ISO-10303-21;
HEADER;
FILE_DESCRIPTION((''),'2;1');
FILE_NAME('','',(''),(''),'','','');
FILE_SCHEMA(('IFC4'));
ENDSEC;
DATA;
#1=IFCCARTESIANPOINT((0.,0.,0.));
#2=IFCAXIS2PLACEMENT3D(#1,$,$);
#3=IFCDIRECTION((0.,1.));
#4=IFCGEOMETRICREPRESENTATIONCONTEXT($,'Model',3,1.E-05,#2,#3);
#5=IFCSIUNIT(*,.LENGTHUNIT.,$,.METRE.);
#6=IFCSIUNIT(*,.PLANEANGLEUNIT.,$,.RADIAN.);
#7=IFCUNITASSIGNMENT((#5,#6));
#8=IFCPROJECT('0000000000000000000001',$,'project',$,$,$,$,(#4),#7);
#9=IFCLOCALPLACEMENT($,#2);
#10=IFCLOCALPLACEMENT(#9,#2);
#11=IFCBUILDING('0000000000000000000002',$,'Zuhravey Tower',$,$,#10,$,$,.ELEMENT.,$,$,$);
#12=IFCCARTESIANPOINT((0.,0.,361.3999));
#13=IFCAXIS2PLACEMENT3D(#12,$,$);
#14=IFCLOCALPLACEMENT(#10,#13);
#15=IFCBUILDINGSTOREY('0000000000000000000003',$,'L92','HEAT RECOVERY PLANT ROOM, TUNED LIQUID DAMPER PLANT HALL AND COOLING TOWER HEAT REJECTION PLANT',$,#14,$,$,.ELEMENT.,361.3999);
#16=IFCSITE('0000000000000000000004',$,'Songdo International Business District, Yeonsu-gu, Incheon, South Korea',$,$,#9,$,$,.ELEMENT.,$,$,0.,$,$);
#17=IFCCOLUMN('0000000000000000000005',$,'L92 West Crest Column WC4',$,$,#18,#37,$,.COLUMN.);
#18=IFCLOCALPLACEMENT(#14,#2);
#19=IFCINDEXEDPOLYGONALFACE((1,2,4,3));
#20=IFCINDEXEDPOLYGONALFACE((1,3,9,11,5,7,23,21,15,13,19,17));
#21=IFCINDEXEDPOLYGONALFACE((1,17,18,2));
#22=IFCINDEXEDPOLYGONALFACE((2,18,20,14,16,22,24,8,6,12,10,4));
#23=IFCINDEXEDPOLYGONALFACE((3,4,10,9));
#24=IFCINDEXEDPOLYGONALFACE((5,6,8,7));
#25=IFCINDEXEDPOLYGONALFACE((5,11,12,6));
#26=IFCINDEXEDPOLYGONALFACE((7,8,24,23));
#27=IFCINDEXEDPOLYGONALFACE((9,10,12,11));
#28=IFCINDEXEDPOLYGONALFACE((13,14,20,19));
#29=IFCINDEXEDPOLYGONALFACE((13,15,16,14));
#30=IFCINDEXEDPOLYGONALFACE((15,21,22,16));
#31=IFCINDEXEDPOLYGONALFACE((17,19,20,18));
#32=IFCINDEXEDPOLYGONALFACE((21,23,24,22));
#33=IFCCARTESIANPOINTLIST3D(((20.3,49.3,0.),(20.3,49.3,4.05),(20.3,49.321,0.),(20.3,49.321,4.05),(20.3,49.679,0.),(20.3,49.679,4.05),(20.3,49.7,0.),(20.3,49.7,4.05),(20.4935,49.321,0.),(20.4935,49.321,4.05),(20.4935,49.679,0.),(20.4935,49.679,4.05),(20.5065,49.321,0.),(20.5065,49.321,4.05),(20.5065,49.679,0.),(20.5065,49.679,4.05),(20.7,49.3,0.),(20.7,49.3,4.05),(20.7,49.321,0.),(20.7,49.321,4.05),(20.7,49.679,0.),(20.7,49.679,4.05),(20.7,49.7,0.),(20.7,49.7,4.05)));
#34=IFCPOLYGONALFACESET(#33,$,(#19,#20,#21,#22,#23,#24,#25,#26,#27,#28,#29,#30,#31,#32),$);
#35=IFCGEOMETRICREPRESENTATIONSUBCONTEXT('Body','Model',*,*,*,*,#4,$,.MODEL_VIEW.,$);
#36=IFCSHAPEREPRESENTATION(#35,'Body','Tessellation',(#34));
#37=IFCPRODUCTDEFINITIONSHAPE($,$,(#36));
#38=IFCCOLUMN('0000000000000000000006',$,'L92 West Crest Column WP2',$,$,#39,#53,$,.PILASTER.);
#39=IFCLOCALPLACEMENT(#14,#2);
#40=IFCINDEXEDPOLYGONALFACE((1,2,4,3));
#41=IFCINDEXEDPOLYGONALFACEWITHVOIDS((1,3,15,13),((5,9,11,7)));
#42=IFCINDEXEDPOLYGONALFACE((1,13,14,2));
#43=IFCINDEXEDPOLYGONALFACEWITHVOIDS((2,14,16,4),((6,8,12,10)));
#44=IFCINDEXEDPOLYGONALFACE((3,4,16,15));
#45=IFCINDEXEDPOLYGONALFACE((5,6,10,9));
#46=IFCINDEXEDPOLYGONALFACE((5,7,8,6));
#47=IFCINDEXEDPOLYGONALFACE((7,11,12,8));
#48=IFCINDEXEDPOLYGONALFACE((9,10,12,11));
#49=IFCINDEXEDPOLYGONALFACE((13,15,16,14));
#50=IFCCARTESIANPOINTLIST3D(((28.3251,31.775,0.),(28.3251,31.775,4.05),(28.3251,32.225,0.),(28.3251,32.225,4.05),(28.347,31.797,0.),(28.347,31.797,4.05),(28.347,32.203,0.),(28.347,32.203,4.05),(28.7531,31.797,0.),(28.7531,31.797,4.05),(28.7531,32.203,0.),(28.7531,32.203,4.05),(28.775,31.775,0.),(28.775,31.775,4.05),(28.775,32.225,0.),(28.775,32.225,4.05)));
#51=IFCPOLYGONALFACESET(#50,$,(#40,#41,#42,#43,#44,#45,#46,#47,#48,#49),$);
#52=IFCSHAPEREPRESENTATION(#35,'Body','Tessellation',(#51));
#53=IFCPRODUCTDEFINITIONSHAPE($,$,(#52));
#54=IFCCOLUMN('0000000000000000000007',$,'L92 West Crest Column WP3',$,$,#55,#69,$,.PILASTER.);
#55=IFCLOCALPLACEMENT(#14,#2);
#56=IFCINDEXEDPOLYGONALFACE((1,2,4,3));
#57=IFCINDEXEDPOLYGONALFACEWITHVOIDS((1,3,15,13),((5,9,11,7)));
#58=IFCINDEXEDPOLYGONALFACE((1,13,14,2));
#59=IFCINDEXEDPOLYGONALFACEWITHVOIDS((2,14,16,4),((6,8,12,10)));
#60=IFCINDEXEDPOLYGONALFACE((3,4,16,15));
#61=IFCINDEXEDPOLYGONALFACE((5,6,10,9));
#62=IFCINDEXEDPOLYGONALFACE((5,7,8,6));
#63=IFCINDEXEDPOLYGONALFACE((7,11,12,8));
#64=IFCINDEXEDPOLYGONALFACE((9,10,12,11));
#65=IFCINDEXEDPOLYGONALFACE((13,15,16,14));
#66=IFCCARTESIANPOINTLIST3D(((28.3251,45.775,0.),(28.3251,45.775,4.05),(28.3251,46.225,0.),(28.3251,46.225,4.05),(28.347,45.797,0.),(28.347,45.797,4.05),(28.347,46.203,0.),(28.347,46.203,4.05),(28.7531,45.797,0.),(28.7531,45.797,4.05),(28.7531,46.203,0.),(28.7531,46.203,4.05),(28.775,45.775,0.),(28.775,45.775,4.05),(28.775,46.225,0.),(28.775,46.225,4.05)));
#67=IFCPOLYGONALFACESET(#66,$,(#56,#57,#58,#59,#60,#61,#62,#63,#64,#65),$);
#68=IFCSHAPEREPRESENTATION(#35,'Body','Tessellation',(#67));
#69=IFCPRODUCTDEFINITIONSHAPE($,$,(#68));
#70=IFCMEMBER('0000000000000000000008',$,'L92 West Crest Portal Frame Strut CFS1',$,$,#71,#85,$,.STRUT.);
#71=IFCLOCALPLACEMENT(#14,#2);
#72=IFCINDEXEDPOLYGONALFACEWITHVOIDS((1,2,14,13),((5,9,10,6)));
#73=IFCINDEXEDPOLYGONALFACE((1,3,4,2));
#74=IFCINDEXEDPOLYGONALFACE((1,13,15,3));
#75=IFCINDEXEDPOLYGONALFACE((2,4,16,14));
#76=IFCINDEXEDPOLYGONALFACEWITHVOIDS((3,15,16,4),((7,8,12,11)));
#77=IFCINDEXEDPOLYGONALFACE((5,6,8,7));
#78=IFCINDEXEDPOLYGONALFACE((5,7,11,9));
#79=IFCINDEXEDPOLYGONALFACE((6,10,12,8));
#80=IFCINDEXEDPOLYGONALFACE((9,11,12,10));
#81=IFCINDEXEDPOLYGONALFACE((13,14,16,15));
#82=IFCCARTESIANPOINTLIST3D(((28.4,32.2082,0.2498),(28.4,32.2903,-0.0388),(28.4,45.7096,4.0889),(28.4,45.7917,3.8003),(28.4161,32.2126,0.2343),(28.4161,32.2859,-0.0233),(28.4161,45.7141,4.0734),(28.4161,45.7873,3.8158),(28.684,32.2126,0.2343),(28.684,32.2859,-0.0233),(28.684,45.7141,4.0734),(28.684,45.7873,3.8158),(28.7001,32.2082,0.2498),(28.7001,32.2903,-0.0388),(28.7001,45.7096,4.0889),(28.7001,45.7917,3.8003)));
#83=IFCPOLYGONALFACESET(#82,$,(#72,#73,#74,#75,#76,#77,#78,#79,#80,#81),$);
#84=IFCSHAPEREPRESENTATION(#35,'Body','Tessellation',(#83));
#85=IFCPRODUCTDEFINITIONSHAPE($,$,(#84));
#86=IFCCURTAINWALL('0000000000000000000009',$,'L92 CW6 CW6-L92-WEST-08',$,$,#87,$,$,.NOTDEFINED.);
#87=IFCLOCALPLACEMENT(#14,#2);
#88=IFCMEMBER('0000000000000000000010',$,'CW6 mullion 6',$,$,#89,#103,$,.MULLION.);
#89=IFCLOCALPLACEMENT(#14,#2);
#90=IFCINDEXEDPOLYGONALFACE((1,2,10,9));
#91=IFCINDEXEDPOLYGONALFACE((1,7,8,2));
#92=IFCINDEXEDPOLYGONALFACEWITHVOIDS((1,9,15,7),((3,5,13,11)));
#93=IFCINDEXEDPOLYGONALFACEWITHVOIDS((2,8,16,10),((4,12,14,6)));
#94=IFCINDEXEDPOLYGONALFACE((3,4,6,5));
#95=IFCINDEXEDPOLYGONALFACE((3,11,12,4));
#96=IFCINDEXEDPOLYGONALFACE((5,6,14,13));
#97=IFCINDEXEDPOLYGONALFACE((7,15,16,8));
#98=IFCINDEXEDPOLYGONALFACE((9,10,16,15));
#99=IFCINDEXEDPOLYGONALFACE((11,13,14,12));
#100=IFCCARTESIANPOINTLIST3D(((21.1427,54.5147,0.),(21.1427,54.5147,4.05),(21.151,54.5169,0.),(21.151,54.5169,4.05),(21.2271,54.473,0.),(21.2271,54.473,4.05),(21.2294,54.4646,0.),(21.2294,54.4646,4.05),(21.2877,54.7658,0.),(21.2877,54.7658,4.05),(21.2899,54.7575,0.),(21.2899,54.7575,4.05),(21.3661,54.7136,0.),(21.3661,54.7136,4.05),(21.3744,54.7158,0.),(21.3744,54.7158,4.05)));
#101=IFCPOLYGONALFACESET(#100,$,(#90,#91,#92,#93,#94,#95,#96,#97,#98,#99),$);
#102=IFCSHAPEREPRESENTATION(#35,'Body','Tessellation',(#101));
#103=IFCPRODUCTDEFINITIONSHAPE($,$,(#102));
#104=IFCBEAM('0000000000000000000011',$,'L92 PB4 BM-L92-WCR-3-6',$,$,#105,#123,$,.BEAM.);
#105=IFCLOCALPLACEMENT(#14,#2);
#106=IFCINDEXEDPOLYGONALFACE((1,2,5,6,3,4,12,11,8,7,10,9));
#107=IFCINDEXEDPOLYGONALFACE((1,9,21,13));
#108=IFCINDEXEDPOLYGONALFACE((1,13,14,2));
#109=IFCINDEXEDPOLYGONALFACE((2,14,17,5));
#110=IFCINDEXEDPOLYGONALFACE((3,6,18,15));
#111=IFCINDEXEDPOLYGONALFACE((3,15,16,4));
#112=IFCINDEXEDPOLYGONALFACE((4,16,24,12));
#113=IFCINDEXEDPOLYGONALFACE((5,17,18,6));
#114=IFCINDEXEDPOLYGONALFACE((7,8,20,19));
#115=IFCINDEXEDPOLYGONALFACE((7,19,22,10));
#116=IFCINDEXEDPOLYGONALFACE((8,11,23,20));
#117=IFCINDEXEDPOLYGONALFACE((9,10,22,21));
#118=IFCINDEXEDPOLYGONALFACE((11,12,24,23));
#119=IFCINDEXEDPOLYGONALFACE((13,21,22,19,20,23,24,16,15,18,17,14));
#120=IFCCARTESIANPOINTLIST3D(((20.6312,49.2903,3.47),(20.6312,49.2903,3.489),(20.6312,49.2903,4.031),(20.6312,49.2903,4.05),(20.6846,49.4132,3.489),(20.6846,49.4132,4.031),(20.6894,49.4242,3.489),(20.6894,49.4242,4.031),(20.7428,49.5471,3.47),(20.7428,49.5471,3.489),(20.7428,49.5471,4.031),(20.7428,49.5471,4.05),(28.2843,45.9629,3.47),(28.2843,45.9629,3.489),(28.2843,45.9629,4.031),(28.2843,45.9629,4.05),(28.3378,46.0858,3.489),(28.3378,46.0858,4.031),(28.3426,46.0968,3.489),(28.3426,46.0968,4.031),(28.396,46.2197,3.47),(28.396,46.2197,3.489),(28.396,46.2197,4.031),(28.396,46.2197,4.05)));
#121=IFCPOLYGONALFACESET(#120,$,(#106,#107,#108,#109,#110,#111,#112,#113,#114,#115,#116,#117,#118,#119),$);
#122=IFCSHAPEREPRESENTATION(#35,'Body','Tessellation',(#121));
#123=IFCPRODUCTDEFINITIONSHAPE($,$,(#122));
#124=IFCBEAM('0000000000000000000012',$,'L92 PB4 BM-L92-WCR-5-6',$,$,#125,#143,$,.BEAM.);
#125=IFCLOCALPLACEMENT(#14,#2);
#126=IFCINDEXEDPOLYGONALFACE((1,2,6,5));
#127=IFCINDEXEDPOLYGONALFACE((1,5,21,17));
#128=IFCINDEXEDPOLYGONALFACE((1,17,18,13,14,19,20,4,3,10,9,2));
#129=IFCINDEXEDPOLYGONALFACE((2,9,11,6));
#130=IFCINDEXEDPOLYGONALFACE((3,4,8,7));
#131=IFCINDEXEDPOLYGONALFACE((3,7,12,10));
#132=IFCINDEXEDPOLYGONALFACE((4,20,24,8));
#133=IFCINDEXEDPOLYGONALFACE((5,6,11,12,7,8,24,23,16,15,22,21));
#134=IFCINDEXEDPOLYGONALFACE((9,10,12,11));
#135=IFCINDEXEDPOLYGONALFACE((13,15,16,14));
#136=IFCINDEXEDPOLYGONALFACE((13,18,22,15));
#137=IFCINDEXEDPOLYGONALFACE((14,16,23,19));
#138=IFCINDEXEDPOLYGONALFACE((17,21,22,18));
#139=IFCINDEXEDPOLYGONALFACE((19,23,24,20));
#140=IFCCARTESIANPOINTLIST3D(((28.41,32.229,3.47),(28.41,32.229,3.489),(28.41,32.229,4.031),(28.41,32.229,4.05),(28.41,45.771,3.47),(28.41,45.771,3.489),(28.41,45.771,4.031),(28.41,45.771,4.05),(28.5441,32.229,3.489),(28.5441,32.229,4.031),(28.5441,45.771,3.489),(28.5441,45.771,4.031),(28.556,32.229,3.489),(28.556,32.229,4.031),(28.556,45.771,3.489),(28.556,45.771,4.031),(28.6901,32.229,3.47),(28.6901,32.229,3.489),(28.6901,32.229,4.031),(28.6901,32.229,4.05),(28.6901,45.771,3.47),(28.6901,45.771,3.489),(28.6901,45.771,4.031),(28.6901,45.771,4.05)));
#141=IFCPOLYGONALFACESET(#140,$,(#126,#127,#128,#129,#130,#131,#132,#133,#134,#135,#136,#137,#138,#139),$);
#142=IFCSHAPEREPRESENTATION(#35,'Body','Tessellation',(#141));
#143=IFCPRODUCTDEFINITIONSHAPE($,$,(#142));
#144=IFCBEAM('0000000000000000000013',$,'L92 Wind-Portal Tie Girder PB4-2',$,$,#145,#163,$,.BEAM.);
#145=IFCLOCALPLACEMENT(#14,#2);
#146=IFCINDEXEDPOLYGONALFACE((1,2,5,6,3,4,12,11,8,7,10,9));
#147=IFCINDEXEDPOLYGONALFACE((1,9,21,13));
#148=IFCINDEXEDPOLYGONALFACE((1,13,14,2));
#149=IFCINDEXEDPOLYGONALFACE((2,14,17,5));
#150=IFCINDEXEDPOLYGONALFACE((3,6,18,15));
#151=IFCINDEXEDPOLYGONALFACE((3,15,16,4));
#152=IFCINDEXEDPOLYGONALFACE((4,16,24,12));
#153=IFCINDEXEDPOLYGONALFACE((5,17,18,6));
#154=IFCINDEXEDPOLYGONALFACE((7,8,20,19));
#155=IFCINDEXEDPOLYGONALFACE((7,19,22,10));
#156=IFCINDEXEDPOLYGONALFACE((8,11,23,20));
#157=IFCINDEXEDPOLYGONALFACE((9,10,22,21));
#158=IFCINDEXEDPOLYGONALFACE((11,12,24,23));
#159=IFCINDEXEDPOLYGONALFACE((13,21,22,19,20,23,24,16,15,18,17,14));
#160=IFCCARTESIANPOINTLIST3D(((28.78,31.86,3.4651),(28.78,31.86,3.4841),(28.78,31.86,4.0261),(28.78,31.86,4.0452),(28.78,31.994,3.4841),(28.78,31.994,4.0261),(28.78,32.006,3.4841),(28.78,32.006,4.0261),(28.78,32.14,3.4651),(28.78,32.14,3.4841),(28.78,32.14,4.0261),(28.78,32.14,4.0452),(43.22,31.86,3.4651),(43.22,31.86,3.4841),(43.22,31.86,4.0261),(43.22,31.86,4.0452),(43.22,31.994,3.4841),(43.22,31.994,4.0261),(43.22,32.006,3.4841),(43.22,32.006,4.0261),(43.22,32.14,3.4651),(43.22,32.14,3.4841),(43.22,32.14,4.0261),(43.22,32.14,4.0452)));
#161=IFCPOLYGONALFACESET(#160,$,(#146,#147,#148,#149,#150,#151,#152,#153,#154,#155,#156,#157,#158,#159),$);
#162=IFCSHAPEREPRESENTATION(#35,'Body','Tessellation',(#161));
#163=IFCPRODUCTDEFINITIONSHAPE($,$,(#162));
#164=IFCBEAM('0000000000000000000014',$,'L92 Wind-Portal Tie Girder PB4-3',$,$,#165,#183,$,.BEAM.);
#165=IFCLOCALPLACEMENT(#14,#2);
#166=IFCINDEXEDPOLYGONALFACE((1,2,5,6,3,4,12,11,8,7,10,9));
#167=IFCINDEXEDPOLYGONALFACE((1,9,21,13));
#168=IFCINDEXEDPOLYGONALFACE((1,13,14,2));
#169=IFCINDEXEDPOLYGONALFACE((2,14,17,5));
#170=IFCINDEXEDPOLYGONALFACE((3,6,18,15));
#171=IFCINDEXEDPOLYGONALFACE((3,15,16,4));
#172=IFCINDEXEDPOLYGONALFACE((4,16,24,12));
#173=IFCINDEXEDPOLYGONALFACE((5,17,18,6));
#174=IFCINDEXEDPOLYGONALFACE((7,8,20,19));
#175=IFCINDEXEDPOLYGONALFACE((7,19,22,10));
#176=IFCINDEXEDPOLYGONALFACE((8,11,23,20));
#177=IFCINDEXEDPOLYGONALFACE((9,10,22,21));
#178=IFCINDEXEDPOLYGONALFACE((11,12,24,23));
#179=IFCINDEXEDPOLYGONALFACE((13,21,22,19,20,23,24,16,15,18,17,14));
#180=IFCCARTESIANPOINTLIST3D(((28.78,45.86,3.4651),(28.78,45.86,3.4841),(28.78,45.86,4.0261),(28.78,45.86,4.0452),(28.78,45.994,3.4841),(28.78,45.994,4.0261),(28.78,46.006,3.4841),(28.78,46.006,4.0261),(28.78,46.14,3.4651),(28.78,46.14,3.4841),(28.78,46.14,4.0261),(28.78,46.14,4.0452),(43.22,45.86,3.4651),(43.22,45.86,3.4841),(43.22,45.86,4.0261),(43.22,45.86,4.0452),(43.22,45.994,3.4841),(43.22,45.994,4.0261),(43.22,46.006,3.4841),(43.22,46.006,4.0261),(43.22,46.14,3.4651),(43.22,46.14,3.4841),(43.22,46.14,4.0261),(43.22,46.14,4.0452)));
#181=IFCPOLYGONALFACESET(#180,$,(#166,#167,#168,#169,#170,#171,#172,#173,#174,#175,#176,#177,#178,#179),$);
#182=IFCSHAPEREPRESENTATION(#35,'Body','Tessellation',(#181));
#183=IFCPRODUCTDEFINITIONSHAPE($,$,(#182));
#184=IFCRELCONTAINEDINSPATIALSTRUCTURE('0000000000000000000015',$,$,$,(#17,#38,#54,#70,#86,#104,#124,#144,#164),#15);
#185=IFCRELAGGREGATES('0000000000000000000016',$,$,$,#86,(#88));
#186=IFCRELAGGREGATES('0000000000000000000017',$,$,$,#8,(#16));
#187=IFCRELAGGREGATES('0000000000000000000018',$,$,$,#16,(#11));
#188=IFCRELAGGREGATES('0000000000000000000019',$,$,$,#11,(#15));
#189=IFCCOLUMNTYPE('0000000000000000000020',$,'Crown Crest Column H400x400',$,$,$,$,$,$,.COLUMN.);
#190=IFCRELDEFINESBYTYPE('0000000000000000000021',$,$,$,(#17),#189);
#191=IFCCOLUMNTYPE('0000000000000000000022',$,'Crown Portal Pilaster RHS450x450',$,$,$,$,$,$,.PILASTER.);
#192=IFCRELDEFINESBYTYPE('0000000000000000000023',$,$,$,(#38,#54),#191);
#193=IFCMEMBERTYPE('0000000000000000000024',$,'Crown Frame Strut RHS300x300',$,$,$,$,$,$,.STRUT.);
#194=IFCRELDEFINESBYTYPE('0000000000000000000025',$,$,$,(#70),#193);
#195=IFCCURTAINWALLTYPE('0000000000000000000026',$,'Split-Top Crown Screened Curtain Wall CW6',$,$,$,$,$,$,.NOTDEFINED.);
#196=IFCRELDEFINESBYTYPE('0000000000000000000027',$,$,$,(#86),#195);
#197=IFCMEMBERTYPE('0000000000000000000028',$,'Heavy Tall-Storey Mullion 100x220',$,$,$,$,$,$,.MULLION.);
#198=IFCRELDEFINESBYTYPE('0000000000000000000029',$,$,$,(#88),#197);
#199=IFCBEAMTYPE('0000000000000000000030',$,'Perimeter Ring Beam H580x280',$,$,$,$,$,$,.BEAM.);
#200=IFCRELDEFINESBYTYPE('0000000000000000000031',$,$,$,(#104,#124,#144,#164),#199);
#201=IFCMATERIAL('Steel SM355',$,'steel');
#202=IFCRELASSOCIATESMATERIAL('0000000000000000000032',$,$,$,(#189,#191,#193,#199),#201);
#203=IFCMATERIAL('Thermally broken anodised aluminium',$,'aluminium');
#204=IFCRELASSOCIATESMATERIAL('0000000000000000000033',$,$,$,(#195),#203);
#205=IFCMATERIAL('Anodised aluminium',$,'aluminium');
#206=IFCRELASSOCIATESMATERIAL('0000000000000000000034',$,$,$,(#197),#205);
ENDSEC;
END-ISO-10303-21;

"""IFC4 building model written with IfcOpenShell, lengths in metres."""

from ifc_helpers import new_model, si_unit, direction, frame, origin, origin_2d, place, context, subcontext, project, spatial, hollow_rectangle, i_section, extrude, material, material_profile, profile_set, type_object, element, aggregate, save


model = new_model("IFC4")

# Units and contexts
model_context = context("Model", 3, precision=1e-05, world=origin(), true_north=direction((0.0, 1.0)))
body_context = subcontext(model_context, "Body", "Model", "MODEL_VIEW")
ifc_project = project(units=[si_unit("LENGTHUNIT", "METRE"), si_unit("PLANEANGLEUNIT", "RADIAN")], contexts=[model_context])

# Site, building, storey
site_placement = place(None, origin())
site = spatial("IfcSite", under=ifc_project, at=site_placement, Name="Songdo International Business District, Yeonsu-gu, Incheon, South Korea", CompositionType="ELEMENT", RefElevation=0.0)
building_placement = place(site_placement, origin())
building = spatial("IfcBuilding", under=site, at=building_placement, Name="Zuhravey Tower", CompositionType="ELEMENT")
storey_placement = place(building_placement, frame((0.0, 0.0, 361.3999)))
storey = spatial("IfcBuildingStorey", under=building, at=storey_placement, Name="L92", Description="HEAT RECOVERY PLANT ROOM, TUNED LIQUID DAMPER PLANT HALL AND COOLING TOWER HEAT REJECTION PLANT", CompositionType="ELEMENT", Elevation=361.3999)

# Columns
ifc_material_1 = material(Name="Steel SM355", Category="steel")
ifc_material_profile_1 = material_profile(ifc_material_1, i_section(OverallWidth=0.3999, OverallDepth=0.3999, WebThickness=0.0129, FlangeThickness=0.021, at=origin_2d()), Name="H-400x400x13x21")
ifc_profile_set_1 = profile_set([ifc_material_profile_1], Name="Steel SM355")
column_type_1 = type_object("IfcColumnType", Name="Crown Crest Column H400x400", PredefinedType="COLUMN", material=ifc_profile_set_1)
column_placement = place(storey_placement, frame((20.5, 49.5, 0.0), z_axis=(0.0, 0.0, 1.0), x_axis=(1.0, 0.0, 0.0)))
element("IfcColumn", 1, at=column_placement, inside=storey, type_object=column_type_1, Name="L92 West Crest Column WC4", PredefinedType="COLUMN", context=body_context, shape_type="SweptSolid", body=[
    extrude(i_section(OverallWidth=0.3999, OverallDepth=0.3999, WebThickness=0.0129, FlangeThickness=0.021, at=origin_2d()), origin(), (0.0, 0.0, 1.0), 4.05),
])
ifc_material_profile_2 = material_profile(ifc_material_1, hollow_rectangle(XDim=0.45, YDim=0.45, WallThickness=0.022, at=origin_2d()), Name="RHS-450x450x22")
ifc_profile_set_2 = profile_set([ifc_material_profile_2], Name="Steel SM355")
column_type_2 = type_object("IfcColumnType", Name="Crown Portal Pilaster RHS450x450", PredefinedType="PILASTER", material=ifc_profile_set_2)
for number, where, z_axis, x_axis, name in (
    (2, (28.55, 32.0, 0.0), (0.0, 0.0, 1.0), (1.0, 0.0, 0.0), "L92 West Crest Column WP2"),
    (3, (28.55, 46.0, 0.0), (0.0, 0.0, 1.0), (1.0, 0.0, 0.0), "L92 West Crest Column WP3"),
):
    element("IfcColumn", number, at=place(storey_placement, frame(where, z_axis=z_axis, x_axis=x_axis)), inside=storey, type_object=column_type_2, Name=name, PredefinedType="PILASTER", context=body_context, shape_type="SweptSolid", body=[
        extrude(hollow_rectangle(XDim=0.45, YDim=0.45, WallThickness=0.022, at=origin_2d()), origin(), (0.0, 0.0, 1.0), 4.05),
    ])

# Member
ifc_material_profile_3 = material_profile(ifc_material_1, hollow_rectangle(XDim=0.3, YDim=0.3, WallThickness=0.0161, at=origin_2d()), Name="RHS-300x300x16")
ifc_profile_set_3 = profile_set([ifc_material_profile_3], Name="Steel SM355")
member_type_1 = type_object("IfcMemberType", Name="Crown Frame Strut RHS300x300", PredefinedType="STRUT", material=ifc_profile_set_3)
member_1_placement = place(storey_placement, frame((28.55, 32.2493, 0.1055), z_axis=(0.0, 0.96187, 0.273506), x_axis=(-1.0, 0.0, 0.0)))
element("IfcMember", 4, at=member_1_placement, inside=storey, type_object=member_type_1, Name="L92 West Crest Portal Frame Strut CFS1", PredefinedType="STRUT", context=body_context, shape_type="SweptSolid", body=[
    extrude(hollow_rectangle(XDim=0.3, YDim=0.3, WallThickness=0.0161, at=origin_2d()), origin(), (0.0, 0.0, 1.0), 14.0366),
])

# Curtain wall, member
ifc_material_2 = material(Name="Thermally broken anodised aluminium", Category="aluminium")
curtain_wall_type = type_object("IfcCurtainWallType", Name="Split-Top Crown Screened Curtain Wall CW6", PredefinedType="NOTDEFINED", material=ifc_material_2)
curtain_wall_placement = place(storey_placement, origin())
curtain_wall = element("IfcCurtainWall", 5, at=curtain_wall_placement, inside=storey, type_object=curtain_wall_type, Name="L92 CW6 CW6-L92-WEST-08", PredefinedType="NOTDEFINED")
ifc_material_3 = material(Name="Anodised aluminium", Category="aluminium")
ifc_material_profile_4 = material_profile(ifc_material_3, hollow_rectangle(XDim=0.1001, YDim=0.29, WallThickness=0.0061, at=origin_2d()), Name="ALU-RHS-100x290x6")
ifc_profile_set_4 = profile_set([ifc_material_profile_4], Name="Anodised aluminium")
member_type_2 = type_object("IfcMemberType", Name="Heavy Tall-Storey Mullion 100x220", PredefinedType="MULLION", material=ifc_profile_set_4)
member_2_placement = place(storey_placement, frame((21.2585, 54.6152, 0.0), z_axis=(0.0, 0.0, 1.0), x_axis=(-0.866027, 0.499997, 0.0)))
member_2 = element("IfcMember", 6, at=member_2_placement, type_object=member_type_2, Name="CW6 mullion 6", PredefinedType="MULLION", context=body_context, shape_type="SweptSolid", body=[
    extrude(hollow_rectangle(XDim=0.1001, YDim=0.29, WallThickness=0.0061, at=origin_2d()), origin(), (0.0, 0.0, 1.0), 4.05),
])

# Beams
ifc_material_profile_5 = material_profile(ifc_material_1, i_section(OverallWidth=0.28, OverallDepth=0.5801, WebThickness=0.012, FlangeThickness=0.019, at=origin_2d()), Name="H-580x280x12x19")
ifc_profile_set_5 = profile_set([ifc_material_profile_5], Name="Steel SM355")
beam_type = type_object("IfcBeamType", Name="Perimeter Ring Beam H580x280", PredefinedType="BEAM", material=ifc_profile_set_5)
beam_1_placement = place(storey_placement, frame((20.687, 49.4187, 3.76), z_axis=(0.917071, -0.398723, 0.0), x_axis=(0.398723, 0.917071, 0.0)))
element("IfcBeam", 7, at=beam_1_placement, inside=storey, type_object=beam_type, Name="L92 PB4 BM-L92-WCR-3-6", PredefinedType="BEAM", context=body_context, shape_type="SweptSolid", body=[
    extrude(i_section(OverallWidth=0.28, OverallDepth=0.5801, WebThickness=0.012, FlangeThickness=0.019, at=origin_2d()), origin(), (0.0, 0.0, 1.0), 8.3452),
])
beam_2_placement = place(storey_placement, frame((28.55, 32.229, 3.76), z_axis=(0.0, 1.0, 0.0), x_axis=(-1.0, 0.0, 0.0)))
element("IfcBeam", 8, at=beam_2_placement, inside=storey, type_object=beam_type, Name="L92 PB4 BM-L92-WCR-5-6", PredefinedType="BEAM", context=body_context, shape_type="SweptSolid", body=[
    extrude(i_section(OverallWidth=0.28, OverallDepth=0.5801, WebThickness=0.012, FlangeThickness=0.019, at=origin_2d()), origin(), (0.0, 0.0, 1.0), 13.542),
])
for number, where, z_axis, x_axis, name in (
    (9, (28.78, 32.0, 3.7551), (1.0, 0.0, 0.0), (0.0, 1.0, 0.0), "L92 Wind-Portal Tie Girder PB4-2"),
    (10, (28.78, 46.0, 3.7551), (1.0, 0.0, 0.0), (0.0, 1.0, 0.0), "L92 Wind-Portal Tie Girder PB4-3"),
):
    element("IfcBeam", number, at=place(storey_placement, frame(where, z_axis=z_axis, x_axis=x_axis)), inside=storey, type_object=beam_type, Name=name, PredefinedType="BEAM", context=body_context, shape_type="SweptSolid", body=[
        extrude(i_section(OverallWidth=0.28, OverallDepth=0.5801, WebThickness=0.012, FlangeThickness=0.019, at=origin_2d()), origin(), (0.0, 0.0, 1.0), 14.4399),
    ])

aggregate(curtain_wall, [member_2])

save(model, "model.ifc")
